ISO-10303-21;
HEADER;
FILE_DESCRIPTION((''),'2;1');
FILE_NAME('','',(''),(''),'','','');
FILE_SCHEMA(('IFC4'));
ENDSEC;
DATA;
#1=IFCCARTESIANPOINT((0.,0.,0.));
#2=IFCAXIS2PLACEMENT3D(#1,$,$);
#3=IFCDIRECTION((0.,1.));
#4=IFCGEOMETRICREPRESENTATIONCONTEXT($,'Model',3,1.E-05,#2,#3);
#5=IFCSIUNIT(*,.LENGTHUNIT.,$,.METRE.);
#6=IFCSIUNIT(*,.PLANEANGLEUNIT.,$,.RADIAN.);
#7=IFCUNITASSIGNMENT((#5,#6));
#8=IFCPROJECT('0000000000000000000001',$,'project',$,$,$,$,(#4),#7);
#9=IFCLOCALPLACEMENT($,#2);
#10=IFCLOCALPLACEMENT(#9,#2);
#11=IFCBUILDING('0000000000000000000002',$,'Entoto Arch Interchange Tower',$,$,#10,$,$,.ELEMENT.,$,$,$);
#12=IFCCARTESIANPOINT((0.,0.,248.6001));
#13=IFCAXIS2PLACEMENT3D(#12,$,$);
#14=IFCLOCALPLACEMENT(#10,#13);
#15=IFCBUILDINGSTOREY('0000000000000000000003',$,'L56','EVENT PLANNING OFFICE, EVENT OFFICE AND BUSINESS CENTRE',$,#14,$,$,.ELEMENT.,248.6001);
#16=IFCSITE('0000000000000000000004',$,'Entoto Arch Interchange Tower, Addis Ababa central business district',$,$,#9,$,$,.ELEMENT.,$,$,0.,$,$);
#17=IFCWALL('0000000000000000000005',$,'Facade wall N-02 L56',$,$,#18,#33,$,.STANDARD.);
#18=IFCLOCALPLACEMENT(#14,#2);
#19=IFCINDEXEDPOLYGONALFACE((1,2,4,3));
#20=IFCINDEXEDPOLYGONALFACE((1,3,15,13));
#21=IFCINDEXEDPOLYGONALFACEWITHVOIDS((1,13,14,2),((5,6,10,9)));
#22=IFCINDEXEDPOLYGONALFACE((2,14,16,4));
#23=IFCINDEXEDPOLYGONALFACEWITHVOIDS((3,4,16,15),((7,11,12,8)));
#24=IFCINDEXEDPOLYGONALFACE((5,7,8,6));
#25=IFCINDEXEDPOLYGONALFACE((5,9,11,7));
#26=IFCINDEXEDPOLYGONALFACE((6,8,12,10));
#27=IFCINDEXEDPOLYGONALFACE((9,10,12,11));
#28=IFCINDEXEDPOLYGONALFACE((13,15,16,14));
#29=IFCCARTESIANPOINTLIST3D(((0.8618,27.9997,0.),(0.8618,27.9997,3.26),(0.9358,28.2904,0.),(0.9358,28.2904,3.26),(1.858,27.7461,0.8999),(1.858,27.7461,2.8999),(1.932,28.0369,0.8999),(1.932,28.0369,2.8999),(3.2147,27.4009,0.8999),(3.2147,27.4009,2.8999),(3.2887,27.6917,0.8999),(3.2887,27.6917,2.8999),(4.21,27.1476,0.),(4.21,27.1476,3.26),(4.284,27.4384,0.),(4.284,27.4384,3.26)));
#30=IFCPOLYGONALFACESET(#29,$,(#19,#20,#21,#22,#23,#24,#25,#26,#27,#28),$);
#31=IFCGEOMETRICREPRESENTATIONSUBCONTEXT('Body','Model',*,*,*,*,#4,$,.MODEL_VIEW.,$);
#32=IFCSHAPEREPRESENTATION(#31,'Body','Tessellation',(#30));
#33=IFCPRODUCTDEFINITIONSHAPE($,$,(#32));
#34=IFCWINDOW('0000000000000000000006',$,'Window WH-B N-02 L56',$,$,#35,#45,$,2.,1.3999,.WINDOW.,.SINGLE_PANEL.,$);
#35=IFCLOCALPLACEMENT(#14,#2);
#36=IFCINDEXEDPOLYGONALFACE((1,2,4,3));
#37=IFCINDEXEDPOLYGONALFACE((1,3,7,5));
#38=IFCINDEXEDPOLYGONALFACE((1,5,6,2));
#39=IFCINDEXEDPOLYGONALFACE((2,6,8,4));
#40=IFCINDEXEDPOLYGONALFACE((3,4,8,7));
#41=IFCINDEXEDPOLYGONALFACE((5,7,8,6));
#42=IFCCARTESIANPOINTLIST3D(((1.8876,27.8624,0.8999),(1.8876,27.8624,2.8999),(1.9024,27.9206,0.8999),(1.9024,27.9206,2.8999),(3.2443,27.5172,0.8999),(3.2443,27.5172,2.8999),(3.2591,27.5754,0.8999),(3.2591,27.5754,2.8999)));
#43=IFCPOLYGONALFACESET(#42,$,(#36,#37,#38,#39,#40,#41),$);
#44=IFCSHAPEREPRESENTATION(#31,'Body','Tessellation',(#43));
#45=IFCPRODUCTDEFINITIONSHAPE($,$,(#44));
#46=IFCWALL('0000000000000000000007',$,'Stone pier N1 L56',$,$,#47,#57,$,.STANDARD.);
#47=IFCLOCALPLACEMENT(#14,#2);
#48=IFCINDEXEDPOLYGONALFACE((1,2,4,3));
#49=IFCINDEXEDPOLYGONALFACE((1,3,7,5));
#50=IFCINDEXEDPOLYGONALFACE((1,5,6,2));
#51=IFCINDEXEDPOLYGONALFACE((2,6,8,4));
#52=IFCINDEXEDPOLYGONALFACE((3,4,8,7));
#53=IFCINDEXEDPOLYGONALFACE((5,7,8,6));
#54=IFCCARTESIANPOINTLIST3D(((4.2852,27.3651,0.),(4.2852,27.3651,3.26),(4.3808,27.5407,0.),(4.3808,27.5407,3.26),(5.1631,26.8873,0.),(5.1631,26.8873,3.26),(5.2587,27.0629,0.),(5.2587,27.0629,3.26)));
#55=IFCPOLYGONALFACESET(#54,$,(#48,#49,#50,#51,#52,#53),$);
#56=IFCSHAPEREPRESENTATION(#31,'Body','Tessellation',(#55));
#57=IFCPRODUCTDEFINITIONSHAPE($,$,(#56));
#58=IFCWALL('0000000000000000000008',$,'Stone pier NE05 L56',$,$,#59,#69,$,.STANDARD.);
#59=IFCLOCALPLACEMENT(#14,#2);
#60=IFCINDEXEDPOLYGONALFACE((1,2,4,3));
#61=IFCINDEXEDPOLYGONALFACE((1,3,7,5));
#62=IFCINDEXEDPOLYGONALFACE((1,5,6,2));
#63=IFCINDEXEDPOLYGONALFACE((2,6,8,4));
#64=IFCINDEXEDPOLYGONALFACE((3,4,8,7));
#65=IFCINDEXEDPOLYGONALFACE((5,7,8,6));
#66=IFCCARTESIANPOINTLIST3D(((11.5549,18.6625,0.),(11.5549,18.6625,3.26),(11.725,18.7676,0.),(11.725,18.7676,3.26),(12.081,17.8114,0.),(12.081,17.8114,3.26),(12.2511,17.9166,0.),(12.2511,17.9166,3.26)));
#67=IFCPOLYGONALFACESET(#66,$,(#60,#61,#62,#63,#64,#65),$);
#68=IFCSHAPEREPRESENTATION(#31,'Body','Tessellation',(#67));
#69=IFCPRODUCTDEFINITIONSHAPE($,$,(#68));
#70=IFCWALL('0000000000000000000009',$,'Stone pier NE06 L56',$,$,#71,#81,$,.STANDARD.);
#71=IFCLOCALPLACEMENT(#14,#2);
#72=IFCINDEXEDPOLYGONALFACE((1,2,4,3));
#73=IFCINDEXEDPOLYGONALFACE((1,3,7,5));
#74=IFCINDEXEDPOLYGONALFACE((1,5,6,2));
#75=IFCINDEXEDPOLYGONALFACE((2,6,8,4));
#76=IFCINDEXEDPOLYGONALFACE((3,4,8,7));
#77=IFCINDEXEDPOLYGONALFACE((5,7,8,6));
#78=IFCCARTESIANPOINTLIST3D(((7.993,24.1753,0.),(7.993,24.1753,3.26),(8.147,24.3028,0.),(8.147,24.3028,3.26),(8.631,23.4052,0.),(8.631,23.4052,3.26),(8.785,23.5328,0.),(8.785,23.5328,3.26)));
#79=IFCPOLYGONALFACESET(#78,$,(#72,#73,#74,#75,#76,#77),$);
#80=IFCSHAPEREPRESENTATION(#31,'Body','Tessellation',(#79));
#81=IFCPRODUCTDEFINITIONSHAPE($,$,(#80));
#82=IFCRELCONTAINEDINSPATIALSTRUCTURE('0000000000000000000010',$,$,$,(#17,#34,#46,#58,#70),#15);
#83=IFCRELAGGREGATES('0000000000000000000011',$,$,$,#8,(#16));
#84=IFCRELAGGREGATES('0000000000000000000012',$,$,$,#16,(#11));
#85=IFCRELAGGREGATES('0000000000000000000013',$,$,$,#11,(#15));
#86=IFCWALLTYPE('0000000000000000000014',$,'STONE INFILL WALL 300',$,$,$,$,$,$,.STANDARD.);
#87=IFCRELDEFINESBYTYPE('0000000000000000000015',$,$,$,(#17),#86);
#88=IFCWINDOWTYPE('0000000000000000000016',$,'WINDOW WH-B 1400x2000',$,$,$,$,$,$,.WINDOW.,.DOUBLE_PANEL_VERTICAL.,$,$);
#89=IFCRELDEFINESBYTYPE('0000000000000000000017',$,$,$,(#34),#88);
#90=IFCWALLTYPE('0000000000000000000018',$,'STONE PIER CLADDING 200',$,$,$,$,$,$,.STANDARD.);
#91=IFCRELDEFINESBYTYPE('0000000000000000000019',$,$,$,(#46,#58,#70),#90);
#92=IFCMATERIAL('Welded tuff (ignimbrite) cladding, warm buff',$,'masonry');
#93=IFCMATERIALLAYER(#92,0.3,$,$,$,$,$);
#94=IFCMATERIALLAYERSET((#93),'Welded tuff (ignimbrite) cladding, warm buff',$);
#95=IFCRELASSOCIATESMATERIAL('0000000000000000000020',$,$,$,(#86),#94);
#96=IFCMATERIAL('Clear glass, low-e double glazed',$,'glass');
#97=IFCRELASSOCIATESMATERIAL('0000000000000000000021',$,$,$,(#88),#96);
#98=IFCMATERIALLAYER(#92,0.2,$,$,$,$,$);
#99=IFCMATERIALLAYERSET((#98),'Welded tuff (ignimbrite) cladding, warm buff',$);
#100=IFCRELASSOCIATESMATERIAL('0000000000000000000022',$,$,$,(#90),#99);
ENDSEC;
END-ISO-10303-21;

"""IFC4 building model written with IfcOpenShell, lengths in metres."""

from ifc_helpers import new_model, si_unit, direction, frame, frame_2d, origin, place, context, subcontext, project, spatial, rectangle, extrude, material, layer, layer_set, type_object, element, fill, save


model = new_model("IFC4")

# Units and contexts
model_context = context("Model", 3, precision=1e-05, world=origin(), true_north=direction((0.0, 1.0)))
body_context = subcontext(model_context, "Body", "Model", "MODEL_VIEW")
ifc_project = project(units=[si_unit("LENGTHUNIT", "METRE"), si_unit("PLANEANGLEUNIT", "RADIAN")], contexts=[model_context])

# Site, building, storey
site_placement = place(None, origin())
site = spatial("IfcSite", under=ifc_project, at=site_placement, Name="Entoto Arch Interchange Tower, Addis Ababa central business district", CompositionType="ELEMENT", RefElevation=0.0)
building_placement = place(site_placement, origin())
building = spatial("IfcBuilding", under=site, at=building_placement, Name="Entoto Arch Interchange Tower", CompositionType="ELEMENT")
storey_placement = place(building_placement, frame((0.0, 0.0, 248.6001)))
storey = spatial("IfcBuildingStorey", under=building, at=storey_placement, Name="L56", Description="EVENT PLANNING OFFICE, EVENT OFFICE AND BUSINESS CENTRE", CompositionType="ELEMENT", Elevation=248.6001)

# Shared definitions
ifc_material_1 = material(Name="Welded tuff (ignimbrite) cladding, warm buff", Category="masonry")
ifc_layer_1 = layer(ifc_material_1, 0.3)
ifc_layer_set_1 = layer_set([ifc_layer_1], Name="Welded tuff (ignimbrite) cladding, warm buff")
wall_type_1 = type_object("IfcWallType", Name="STONE INFILL WALL 300", PredefinedType="STANDARD", material=ifc_layer_set_1)
ifc_material_2 = material(Name="Clear glass, low-e double glazed", Category="glass")
window_type = type_object("IfcWindowType", Name="WINDOW WH-B 1400x2000", PartitioningType="DOUBLE_PANEL_VERTICAL", PredefinedType="WINDOW", material=ifc_material_2)

# Wall, opening, window
wall_1_placement = place(storey_placement, frame((4.2471, 27.293, 0.0), z_axis=(0.0, 0.0, 1.0), x_axis=(-0.969111, 0.246624, 0.0)))
wall_1 = element("IfcWall", 1, at=wall_1_placement, inside=storey, type_object=wall_type_1, Name="Facade wall N-02 L56", PredefinedType="STANDARD", context=body_context, shape_type="SweptSolid", body=[
    extrude(rectangle(XDim=3.4548, YDim=0.3, at=frame_2d((1.7275, 0.0))), origin(), (0.0, 0.0, 1.0), 3.26),
])
opening_1_placement = place(wall_1_placement, frame((1.0271, 0.0, 0.8999)))
opening_1 = element("IfcOpeningElement", 2, at=opening_1_placement, cuts=wall_1, PredefinedType="OPENING", context=body_context, shape_type="SweptSolid", body=[
    extrude(rectangle(XDim=1.3999, YDim=2.0, at=frame_2d((0.7, 1.0))), frame((0.0, 0.1602, 0.0), z_axis=(0.0, -1.0, 0.0), x_axis=(1.0, 0.0, 0.0)), (0.0, 0.0, 1.0), 0.3201),
])
window_1_placement = place(opening_1_placement, origin())
window_1 = element("IfcWindow", 3, at=window_1_placement, inside=storey, type_object=window_type, Name="Window WH-B N-02 L56", OverallHeight=2.0, OverallWidth=1.3999, PartitioningType="SINGLE_PANEL", PredefinedType="WINDOW", context=body_context, shape_type="SweptSolid", body=[
    extrude(rectangle(XDim=1.3999, YDim=2.0, at=frame_2d((0.7, 1.0))), frame((0.0, 0.03, 0.0), z_axis=(0.0, -1.0, 0.0), x_axis=(1.0, 0.0, 0.0)), (0.0, 0.0, 1.0), 0.0601),
])
fill(opening_1, window_1)

# Walls
ifc_layer_2 = layer(ifc_material_1, 0.2)
ifc_layer_set_2 = layer_set([ifc_layer_2], Name="Welded tuff (ignimbrite) cladding, warm buff")
wall_type_2 = type_object("IfcWallType", Name="STONE PIER CLADDING 200", PredefinedType="STANDARD", material=ifc_layer_set_2)
wall_2_placement = place(storey_placement, frame((5.2109, 26.9751, 0.0), z_axis=(0.0, 0.0, 1.0), x_axis=(-0.878353, 0.478013, 0.0)))
element("IfcWall", 4, at=wall_2_placement, inside=storey, type_object=wall_type_2, Name="Stone pier N1 L56", PredefinedType="STANDARD", context=body_context, shape_type="SweptSolid", body=[
    extrude(rectangle(XDim=0.9995, YDim=0.2, at=frame_2d((0.4998, 0.0))), origin(), (0.0, 0.0, 1.0), 3.26),
])
wall_3_placement = place(storey_placement, frame((12.166, 17.864, 0.0), z_axis=(0.0, 0.0, 1.0), x_axis=(-0.525825, 0.850593, 0.0)))
element("IfcWall", 5, at=wall_3_placement, inside=storey, type_object=wall_type_2, Name="Stone pier NE05 L56", PredefinedType="STANDARD", context=body_context, shape_type="SweptSolid", body=[
    extrude(rectangle(XDim=1.0005, YDim=0.2, at=frame_2d((0.5002, 0.0))), origin(), (0.0, 0.0, 1.0), 3.26),
])
wall_4_placement = place(storey_placement, frame((8.708, 23.469, 0.0), z_axis=(0.0, 0.0, 1.0), x_axis=(-0.637972, 0.770059, 0.0)))
element("IfcWall", 6, at=wall_4_placement, inside=storey, type_object=wall_type_2, Name="Stone pier NE06 L56", PredefinedType="STANDARD", context=body_context, shape_type="SweptSolid", body=[
    extrude(rectangle(XDim=1.0, YDim=0.2, at=frame_2d((0.5, 0.0))), origin(), (0.0, 0.0, 1.0), 3.26),
])

save(model, "model.ifc")
